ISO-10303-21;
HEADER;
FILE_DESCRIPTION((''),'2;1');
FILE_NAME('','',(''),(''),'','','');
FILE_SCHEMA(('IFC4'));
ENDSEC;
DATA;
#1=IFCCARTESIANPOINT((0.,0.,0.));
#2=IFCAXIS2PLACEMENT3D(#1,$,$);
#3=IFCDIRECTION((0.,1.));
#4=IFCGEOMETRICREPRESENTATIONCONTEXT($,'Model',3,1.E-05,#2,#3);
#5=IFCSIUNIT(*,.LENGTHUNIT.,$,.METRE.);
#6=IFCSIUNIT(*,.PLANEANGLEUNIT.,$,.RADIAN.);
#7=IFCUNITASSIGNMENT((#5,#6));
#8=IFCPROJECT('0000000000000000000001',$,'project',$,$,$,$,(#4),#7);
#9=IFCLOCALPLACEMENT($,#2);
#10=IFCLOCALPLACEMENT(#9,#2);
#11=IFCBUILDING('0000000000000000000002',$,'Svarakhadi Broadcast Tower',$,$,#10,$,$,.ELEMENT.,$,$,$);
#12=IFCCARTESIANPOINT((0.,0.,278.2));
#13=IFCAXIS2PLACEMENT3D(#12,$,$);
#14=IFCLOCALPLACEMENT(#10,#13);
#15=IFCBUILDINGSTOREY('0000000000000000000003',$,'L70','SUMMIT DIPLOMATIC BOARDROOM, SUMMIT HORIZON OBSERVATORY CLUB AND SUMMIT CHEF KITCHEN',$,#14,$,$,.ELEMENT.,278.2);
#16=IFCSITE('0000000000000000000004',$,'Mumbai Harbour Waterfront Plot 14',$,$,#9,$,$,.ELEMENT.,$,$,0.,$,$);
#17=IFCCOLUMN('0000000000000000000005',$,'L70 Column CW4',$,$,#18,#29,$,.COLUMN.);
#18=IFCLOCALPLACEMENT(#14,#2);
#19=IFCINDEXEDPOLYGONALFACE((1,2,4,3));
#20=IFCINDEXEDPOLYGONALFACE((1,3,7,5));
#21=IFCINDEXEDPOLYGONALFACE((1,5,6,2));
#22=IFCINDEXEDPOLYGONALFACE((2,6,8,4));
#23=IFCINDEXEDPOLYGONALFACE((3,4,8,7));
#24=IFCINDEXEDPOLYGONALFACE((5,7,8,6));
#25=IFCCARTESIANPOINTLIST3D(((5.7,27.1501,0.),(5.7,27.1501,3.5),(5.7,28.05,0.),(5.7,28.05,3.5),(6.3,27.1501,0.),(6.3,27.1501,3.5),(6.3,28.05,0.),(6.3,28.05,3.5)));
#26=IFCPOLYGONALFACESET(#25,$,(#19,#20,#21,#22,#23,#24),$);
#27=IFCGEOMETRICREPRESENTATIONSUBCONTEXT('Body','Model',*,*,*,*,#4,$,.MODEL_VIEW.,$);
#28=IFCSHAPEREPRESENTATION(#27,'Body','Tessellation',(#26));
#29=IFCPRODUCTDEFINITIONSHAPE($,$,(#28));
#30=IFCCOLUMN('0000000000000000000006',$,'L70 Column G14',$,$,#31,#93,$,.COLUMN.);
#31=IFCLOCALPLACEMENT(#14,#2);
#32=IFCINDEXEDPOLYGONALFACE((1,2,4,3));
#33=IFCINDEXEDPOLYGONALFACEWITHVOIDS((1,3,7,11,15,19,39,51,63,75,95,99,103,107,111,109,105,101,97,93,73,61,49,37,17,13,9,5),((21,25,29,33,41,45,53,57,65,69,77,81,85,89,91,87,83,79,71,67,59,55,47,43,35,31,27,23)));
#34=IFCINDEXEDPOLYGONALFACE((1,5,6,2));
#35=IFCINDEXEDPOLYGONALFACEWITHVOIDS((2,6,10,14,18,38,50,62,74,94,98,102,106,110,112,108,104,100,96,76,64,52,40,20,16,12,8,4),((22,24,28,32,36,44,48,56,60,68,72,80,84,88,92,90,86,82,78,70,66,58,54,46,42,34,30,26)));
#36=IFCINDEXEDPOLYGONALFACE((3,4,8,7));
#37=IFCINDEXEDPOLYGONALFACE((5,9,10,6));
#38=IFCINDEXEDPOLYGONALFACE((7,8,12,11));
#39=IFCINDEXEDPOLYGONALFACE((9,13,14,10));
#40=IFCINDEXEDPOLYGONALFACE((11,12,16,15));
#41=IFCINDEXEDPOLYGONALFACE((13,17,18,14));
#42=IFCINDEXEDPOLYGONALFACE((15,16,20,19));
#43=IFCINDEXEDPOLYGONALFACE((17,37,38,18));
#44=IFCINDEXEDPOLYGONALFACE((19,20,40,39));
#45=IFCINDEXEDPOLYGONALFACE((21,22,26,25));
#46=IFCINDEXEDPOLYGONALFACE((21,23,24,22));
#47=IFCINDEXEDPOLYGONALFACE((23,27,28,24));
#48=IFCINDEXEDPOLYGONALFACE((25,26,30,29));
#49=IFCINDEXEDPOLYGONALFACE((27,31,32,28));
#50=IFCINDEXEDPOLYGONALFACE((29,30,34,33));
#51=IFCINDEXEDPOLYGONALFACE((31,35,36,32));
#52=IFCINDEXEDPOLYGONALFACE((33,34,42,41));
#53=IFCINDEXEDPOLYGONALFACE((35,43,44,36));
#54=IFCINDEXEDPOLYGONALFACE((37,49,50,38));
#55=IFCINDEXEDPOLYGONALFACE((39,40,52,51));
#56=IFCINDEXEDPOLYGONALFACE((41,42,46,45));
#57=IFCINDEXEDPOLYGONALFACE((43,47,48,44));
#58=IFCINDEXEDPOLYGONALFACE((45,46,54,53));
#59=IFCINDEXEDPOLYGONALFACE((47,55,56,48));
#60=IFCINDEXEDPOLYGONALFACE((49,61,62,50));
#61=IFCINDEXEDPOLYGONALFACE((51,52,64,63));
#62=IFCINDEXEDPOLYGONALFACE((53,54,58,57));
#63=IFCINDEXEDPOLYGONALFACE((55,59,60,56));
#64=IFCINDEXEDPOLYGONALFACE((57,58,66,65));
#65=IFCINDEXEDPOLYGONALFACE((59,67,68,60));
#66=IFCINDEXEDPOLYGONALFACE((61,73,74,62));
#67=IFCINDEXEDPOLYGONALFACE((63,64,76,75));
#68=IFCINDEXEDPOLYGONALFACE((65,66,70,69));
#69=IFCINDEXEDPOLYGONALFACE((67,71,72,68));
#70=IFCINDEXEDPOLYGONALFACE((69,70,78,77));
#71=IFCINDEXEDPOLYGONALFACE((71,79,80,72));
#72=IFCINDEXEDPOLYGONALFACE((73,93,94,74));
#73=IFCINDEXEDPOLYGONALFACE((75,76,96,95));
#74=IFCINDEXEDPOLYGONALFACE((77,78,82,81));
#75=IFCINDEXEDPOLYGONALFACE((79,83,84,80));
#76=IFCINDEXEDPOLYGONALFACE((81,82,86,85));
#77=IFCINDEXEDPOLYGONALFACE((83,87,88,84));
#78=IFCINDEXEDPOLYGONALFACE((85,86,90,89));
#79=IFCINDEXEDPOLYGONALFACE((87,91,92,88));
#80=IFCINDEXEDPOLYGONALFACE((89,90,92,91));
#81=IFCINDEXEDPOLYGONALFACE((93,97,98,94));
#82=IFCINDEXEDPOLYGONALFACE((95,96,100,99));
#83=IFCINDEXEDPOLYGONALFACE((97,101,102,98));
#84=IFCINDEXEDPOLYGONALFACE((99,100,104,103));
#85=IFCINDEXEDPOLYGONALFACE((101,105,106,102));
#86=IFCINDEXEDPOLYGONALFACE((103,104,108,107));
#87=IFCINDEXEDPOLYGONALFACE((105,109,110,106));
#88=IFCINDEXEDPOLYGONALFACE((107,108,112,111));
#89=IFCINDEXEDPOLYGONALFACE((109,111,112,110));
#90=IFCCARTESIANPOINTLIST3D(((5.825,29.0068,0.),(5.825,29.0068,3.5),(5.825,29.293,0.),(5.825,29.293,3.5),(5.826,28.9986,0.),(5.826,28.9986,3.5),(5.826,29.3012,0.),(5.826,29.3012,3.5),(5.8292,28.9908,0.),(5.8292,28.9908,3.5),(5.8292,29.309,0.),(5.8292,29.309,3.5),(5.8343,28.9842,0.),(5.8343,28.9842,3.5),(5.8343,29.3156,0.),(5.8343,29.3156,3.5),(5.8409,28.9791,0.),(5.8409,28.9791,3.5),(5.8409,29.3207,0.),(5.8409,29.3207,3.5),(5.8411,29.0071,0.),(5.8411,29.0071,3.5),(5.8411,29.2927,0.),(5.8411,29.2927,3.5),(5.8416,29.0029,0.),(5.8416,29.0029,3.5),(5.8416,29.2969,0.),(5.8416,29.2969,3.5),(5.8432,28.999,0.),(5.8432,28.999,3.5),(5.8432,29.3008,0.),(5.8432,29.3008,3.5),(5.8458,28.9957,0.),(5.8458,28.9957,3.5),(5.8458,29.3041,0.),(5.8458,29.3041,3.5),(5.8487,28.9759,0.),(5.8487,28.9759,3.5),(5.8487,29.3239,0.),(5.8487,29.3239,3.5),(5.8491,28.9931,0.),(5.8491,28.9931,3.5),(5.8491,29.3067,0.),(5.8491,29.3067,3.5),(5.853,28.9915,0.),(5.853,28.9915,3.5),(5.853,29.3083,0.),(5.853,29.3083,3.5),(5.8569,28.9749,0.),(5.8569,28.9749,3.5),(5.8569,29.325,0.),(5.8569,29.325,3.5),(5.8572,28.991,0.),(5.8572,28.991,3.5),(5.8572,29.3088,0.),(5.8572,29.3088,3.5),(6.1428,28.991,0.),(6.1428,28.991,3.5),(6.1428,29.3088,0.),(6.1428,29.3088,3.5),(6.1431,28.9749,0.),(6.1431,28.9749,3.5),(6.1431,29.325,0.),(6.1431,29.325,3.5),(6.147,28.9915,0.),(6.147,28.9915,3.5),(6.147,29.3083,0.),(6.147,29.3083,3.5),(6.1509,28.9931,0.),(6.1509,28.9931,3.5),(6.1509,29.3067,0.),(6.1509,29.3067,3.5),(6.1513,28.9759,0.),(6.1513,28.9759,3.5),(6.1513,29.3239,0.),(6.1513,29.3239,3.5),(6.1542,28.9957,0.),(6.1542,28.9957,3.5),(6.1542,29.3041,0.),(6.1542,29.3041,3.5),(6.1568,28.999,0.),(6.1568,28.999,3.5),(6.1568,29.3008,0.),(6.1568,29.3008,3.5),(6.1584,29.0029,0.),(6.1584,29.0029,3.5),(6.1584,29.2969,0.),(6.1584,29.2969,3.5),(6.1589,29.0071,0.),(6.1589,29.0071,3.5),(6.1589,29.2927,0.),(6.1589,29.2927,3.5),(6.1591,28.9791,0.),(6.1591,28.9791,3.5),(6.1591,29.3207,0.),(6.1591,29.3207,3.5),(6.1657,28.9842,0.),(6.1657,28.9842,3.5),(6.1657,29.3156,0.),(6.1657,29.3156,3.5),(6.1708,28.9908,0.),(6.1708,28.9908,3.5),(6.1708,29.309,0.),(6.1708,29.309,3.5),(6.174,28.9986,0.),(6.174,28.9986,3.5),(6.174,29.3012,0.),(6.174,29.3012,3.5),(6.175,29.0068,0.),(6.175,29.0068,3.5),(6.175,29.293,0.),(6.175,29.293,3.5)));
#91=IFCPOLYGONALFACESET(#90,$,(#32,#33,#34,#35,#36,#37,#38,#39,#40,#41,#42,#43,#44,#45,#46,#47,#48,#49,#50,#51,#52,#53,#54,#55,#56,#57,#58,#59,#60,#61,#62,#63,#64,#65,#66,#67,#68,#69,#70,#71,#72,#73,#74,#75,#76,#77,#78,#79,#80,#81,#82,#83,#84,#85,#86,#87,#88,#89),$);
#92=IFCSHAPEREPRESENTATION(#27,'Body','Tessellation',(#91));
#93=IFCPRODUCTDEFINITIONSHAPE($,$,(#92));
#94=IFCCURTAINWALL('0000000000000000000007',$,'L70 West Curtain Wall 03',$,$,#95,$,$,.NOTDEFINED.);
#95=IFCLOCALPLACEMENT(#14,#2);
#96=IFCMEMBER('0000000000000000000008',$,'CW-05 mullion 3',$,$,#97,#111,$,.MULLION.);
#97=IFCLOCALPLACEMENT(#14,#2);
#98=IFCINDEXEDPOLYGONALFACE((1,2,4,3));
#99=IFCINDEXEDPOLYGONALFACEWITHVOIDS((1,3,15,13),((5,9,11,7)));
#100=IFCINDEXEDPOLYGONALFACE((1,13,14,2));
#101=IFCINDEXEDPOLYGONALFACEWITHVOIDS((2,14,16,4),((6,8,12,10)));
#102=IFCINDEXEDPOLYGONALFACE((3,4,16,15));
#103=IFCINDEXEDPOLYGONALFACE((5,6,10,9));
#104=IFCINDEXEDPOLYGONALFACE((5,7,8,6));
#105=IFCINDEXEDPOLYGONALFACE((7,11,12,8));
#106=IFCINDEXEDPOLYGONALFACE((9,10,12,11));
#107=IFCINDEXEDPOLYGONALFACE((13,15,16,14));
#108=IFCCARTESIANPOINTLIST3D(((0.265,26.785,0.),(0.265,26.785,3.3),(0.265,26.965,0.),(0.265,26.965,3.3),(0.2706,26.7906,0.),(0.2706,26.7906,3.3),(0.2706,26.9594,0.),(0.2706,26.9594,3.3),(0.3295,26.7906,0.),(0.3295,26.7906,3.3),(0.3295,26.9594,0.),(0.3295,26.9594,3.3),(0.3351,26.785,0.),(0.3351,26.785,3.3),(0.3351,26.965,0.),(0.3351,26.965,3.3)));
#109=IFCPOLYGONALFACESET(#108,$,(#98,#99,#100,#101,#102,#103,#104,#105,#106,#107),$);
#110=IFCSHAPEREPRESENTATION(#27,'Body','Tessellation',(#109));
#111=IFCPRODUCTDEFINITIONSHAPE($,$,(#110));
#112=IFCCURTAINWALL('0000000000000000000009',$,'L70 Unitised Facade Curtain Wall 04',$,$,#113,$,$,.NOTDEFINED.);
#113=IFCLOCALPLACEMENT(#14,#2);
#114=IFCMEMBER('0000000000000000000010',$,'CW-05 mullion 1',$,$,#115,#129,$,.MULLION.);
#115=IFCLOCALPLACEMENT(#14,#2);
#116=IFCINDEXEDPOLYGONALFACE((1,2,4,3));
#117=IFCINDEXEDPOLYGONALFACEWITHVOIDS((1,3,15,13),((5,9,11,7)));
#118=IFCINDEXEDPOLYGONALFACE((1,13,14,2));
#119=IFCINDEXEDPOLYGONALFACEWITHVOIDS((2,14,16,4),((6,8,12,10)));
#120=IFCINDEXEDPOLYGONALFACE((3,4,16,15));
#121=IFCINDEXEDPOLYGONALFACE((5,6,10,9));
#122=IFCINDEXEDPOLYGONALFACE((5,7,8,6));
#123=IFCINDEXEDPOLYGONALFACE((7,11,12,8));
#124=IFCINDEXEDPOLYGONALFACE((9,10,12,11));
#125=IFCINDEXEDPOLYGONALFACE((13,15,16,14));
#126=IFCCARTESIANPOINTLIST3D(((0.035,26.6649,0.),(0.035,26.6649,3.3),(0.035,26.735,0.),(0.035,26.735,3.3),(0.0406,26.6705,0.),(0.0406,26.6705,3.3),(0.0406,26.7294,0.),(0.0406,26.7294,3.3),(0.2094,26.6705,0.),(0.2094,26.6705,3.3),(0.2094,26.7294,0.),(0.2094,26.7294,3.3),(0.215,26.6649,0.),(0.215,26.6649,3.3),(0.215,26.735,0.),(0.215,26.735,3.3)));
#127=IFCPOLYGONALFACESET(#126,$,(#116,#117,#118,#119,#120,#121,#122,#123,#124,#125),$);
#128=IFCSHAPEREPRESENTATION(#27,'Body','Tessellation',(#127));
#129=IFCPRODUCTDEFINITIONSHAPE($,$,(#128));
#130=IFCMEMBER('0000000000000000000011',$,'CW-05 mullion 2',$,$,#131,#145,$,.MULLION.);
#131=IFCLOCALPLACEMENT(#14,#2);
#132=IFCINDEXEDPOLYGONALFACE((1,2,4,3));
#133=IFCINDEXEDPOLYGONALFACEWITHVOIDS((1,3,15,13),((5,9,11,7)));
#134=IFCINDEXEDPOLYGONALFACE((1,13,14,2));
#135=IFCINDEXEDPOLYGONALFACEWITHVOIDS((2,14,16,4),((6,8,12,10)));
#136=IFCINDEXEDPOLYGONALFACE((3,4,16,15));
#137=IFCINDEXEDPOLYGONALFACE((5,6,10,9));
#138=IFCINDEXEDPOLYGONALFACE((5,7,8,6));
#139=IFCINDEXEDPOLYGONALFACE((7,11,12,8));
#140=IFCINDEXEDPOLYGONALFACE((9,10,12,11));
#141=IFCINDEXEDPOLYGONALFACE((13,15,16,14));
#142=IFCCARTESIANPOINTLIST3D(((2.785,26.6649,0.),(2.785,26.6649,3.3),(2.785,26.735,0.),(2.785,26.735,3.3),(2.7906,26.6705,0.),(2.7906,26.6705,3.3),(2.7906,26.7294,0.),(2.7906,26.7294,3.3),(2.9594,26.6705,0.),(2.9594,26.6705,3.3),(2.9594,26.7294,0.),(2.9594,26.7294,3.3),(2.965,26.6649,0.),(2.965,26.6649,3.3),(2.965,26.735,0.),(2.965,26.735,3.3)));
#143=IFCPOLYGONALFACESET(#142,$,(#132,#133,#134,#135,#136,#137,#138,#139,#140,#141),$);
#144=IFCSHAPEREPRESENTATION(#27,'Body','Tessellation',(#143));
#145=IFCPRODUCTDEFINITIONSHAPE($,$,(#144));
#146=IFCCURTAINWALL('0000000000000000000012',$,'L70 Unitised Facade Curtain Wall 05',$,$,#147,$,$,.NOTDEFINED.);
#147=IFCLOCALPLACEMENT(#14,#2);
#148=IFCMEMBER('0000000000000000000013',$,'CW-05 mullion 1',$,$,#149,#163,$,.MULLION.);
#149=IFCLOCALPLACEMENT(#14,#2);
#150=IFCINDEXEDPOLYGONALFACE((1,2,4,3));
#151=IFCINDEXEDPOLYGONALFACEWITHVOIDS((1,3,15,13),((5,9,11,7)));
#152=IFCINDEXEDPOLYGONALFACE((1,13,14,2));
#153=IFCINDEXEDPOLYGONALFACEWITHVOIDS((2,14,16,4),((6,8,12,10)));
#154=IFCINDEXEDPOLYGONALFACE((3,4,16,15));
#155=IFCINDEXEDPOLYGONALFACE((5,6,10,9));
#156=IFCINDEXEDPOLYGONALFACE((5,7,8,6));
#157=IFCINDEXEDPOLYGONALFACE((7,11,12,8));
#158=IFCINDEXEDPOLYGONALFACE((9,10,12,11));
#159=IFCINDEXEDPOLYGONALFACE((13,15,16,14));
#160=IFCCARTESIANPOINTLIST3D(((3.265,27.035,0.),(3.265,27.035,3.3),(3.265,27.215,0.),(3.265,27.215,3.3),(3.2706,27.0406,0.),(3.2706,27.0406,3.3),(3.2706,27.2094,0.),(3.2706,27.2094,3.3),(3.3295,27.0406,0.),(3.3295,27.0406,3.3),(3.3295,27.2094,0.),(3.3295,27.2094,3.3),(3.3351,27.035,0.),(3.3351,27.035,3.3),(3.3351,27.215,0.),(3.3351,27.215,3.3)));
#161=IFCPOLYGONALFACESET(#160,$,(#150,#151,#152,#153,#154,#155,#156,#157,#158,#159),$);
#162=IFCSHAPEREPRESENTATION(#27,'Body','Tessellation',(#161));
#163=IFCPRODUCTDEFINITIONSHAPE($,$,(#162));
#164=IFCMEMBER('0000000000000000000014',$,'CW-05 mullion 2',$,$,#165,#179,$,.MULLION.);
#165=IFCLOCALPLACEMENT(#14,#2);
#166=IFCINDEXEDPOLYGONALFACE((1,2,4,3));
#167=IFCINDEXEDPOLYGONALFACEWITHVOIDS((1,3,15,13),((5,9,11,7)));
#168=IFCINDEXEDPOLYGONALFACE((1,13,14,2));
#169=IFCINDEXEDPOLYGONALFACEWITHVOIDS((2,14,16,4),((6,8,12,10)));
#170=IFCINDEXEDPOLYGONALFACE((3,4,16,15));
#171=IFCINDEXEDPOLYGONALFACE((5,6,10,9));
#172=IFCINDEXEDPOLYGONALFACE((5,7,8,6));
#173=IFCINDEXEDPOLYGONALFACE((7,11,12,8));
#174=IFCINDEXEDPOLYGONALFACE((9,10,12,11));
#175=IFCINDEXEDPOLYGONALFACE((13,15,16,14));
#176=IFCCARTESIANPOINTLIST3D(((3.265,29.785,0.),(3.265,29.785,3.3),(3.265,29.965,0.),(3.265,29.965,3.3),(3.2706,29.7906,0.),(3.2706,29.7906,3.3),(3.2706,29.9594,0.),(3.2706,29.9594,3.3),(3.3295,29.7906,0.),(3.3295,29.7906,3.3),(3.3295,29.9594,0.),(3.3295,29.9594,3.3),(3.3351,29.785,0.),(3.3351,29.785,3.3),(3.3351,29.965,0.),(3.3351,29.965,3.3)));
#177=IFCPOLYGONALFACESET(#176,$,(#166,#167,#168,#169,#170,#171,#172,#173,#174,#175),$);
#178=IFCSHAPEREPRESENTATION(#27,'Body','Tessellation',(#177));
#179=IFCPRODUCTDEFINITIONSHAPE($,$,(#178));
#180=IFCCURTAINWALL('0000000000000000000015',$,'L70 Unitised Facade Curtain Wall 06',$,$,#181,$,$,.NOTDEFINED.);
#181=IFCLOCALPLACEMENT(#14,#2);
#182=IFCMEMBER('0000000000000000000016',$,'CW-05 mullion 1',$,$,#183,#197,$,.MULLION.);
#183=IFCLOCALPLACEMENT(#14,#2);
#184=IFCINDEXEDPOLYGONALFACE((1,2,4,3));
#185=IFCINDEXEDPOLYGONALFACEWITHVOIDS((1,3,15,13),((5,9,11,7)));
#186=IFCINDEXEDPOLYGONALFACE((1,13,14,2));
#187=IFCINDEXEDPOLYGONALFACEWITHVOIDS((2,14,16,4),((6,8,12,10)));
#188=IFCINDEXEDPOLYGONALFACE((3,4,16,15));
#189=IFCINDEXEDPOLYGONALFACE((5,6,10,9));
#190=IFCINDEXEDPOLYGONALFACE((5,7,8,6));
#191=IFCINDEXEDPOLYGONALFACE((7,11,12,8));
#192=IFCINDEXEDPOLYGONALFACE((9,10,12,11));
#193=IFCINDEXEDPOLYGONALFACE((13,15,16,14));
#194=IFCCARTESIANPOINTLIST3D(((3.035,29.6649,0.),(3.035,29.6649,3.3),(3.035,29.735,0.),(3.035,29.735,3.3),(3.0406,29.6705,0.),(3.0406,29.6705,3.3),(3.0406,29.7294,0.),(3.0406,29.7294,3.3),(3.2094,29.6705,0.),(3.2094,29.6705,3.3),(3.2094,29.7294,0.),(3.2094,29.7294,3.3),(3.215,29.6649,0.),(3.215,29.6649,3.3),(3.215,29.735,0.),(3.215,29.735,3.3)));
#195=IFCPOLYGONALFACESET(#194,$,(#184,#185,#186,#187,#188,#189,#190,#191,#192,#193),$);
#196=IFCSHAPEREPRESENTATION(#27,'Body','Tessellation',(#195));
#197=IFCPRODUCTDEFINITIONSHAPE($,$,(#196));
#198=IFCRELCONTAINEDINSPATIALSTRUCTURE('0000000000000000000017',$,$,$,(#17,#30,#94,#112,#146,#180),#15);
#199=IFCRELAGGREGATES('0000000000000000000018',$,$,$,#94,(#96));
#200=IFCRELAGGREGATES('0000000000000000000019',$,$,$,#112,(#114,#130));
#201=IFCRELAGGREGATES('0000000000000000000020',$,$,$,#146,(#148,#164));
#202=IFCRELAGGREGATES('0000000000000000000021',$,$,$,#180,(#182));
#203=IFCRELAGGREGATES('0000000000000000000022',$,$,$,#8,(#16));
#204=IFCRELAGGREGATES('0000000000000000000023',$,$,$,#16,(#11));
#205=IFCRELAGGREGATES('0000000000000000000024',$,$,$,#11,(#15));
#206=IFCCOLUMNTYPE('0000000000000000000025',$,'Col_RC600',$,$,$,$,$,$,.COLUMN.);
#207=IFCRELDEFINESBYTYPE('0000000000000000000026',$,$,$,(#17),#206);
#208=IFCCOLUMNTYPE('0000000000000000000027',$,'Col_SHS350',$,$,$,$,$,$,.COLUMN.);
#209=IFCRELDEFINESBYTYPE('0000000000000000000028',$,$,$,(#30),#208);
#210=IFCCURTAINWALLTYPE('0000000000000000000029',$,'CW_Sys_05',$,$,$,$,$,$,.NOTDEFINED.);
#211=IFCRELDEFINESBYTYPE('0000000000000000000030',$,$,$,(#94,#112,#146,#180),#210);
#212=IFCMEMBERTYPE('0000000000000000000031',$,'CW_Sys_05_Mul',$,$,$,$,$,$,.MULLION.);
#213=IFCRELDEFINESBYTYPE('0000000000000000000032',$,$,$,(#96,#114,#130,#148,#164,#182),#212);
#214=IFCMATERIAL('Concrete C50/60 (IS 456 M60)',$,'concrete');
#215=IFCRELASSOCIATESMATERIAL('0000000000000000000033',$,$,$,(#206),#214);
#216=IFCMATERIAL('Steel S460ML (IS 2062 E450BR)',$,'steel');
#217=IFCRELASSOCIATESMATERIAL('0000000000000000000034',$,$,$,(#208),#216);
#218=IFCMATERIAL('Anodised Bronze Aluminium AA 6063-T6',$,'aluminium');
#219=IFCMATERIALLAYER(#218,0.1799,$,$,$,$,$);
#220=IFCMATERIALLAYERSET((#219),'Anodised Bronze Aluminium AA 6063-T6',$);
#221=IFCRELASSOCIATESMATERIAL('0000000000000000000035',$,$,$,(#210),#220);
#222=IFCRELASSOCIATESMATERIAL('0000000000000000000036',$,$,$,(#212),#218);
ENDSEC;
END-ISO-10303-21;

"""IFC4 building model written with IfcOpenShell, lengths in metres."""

from ifc_helpers import new_model, si_unit, direction, frame, origin, origin_2d, place, context, subcontext, project, spatial, rectangle, hollow_rectangle, extrude, material, layer, layer_set, material_profile, profile_set, type_object, element, aggregate, save


model = new_model("IFC4")

# Units and contexts
model_context = context("Model", 3, precision=1e-05, world=origin(), true_north=direction((0.0, 1.0)))
body_context = subcontext(model_context, "Body", "Model", "MODEL_VIEW")
ifc_project = project(units=[si_unit("LENGTHUNIT", "METRE"), si_unit("PLANEANGLEUNIT", "RADIAN")], contexts=[model_context])

# Site, building, storey
site_placement = place(None, origin())
site = spatial("IfcSite", under=ifc_project, at=site_placement, Name="Mumbai Harbour Waterfront Plot 14", CompositionType="ELEMENT", RefElevation=0.0)
building_placement = place(site_placement, origin())
building = spatial("IfcBuilding", under=site, at=building_placement, Name="Svarakhadi Broadcast Tower", CompositionType="ELEMENT")
storey_placement = place(building_placement, frame((0.0, 0.0, 278.2)))
storey = spatial("IfcBuildingStorey", under=building, at=storey_placement, Name="L70", Description="SUMMIT DIPLOMATIC BOARDROOM, SUMMIT HORIZON OBSERVATORY CLUB AND SUMMIT CHEF KITCHEN", CompositionType="ELEMENT", Elevation=278.2)

# Columns
ifc_material_1 = material(Name="Concrete C50/60 (IS 456 M60)", Category="concrete")
ifc_material_profile_1 = material_profile(ifc_material_1, rectangle(XDim=0.6001, YDim=0.8999, at=origin_2d()), Name="RC 600x900")
ifc_profile_set_1 = profile_set([ifc_material_profile_1], Name="Concrete C50/60 (IS 456 M60)")
column_type_1 = type_object("IfcColumnType", Name="Col_RC600", PredefinedType="COLUMN", material=ifc_profile_set_1)
column_1_placement = place(storey_placement, frame((6.0, 27.6001, 0.0), z_axis=(0.0, 0.0, 1.0), x_axis=(1.0, 0.0, 0.0)))
element("IfcColumn", 1, at=column_1_placement, inside=storey, type_object=column_type_1, Name="L70 Column CW4", PredefinedType="COLUMN", context=body_context, shape_type="SweptSolid", body=[
    extrude(rectangle(XDim=0.6001, YDim=0.8999, at=origin_2d()), origin(), (0.0, 0.0, 1.0), 3.5),
])
ifc_material_2 = material(Name="Steel S460ML (IS 2062 E450BR)", Category="steel")
ifc_material_profile_2 = material_profile(ifc_material_2, hollow_rectangle(XDim=0.3501, YDim=0.3501, WallThickness=0.0161, InnerFilletRadius=0.0161, OuterFilletRadius=0.032, at=origin_2d()), Name="SHS 350x350x16")
ifc_profile_set_2 = profile_set([ifc_material_profile_2], Name="Steel S460ML (IS 2062 E450BR)")
column_type_2 = type_object("IfcColumnType", Name="Col_SHS350", PredefinedType="COLUMN", material=ifc_profile_set_2)
column_2_placement = place(storey_placement, frame((6.0, 29.1499, 0.0), z_axis=(0.0, 0.0, 1.0), x_axis=(1.0, 0.0, 0.0)))
element("IfcColumn", 2, at=column_2_placement, inside=storey, type_object=column_type_2, Name="L70 Column G14", PredefinedType="COLUMN", context=body_context, shape_type="SweptSolid", body=[
    extrude(hollow_rectangle(XDim=0.3501, YDim=0.3501, WallThickness=0.0161, InnerFilletRadius=0.0161, OuterFilletRadius=0.032, at=origin_2d()), origin(), (0.0, 0.0, 1.0), 3.5),
])

# Curtain wall, member
ifc_material_3 = material(Name="Anodised Bronze Aluminium AA 6063-T6", Category="aluminium")
ifc_layer_1 = layer(ifc_material_3, 0.1799)
ifc_layer_set_1 = layer_set([ifc_layer_1], Name="Anodised Bronze Aluminium AA 6063-T6")
curtain_wall_type = type_object("IfcCurtainWallType", Name="CW_Sys_05", PredefinedType="NOTDEFINED", material=ifc_layer_set_1)
curtain_wall_1_placement = place(storey_placement, origin())
curtain_wall_1 = element("IfcCurtainWall", 3, at=curtain_wall_1_placement, inside=storey, type_object=curtain_wall_type, Name="L70 West Curtain Wall 03", PredefinedType="NOTDEFINED")
ifc_material_profile_3 = material_profile(ifc_material_3, hollow_rectangle(XDim=0.0701, YDim=0.1799, WallThickness=0.0056, at=origin_2d()), Name="ALU MULLION 180x70x6")
ifc_profile_set_3 = profile_set([ifc_material_profile_3], Name="Anodised Bronze Aluminium AA 6063-T6")
member_type_1 = type_object("IfcMemberType", Name="CW_Sys_05_Mul", PredefinedType="MULLION", material=ifc_profile_set_3)
member_1_placement = place(storey_placement, frame((0.3, 26.875, 0.0), z_axis=(0.0, 0.0, 1.0), x_axis=(-1.0, 0.0, 0.0)))
member_1 = element("IfcMember", 4, at=member_1_placement, type_object=member_type_1, Name="CW-05 mullion 3", PredefinedType="MULLION", context=body_context, shape_type="SweptSolid", body=[
    extrude(hollow_rectangle(XDim=0.0701, YDim=0.1799, WallThickness=0.0056, at=origin_2d()), origin(), (0.0, 0.0, 1.0), 3.3),
])

# Curtain walls, members
curtain_wall_2_placement = place(storey_placement, origin())
curtain_wall_2 = element("IfcCurtainWall", 5, at=curtain_wall_2_placement, inside=storey, type_object=curtain_wall_type, Name="L70 Unitised Facade Curtain Wall 04", PredefinedType="NOTDEFINED")
member_2_placement = place(storey_placement, frame((0.125, 26.7, 0.0), z_axis=(0.0, 0.0, 1.0), x_axis=(0.0, 1.0, 0.0)))
member_2 = element("IfcMember", 6, at=member_2_placement, type_object=member_type_1, Name="CW-05 mullion 1", PredefinedType="MULLION", context=body_context, shape_type="SweptSolid", body=[
    extrude(hollow_rectangle(XDim=0.0701, YDim=0.1799, WallThickness=0.0056, at=origin_2d()), origin(), (0.0, 0.0, 1.0), 3.3),
])
member_3_placement = place(storey_placement, frame((2.875, 26.7, 0.0), z_axis=(0.0, 0.0, 1.0), x_axis=(0.0, 1.0, 0.0)))
member_3 = element("IfcMember", 7, at=member_3_placement, type_object=member_type_1, Name="CW-05 mullion 2", PredefinedType="MULLION", context=body_context, shape_type="SweptSolid", body=[
    extrude(hollow_rectangle(XDim=0.0701, YDim=0.1799, WallThickness=0.0056, at=origin_2d()), origin(), (0.0, 0.0, 1.0), 3.3),
])
curtain_wall_3_placement = place(storey_placement, origin())
curtain_wall_3 = element("IfcCurtainWall", 8, at=curtain_wall_3_placement, inside=storey, type_object=curtain_wall_type, Name="L70 Unitised Facade Curtain Wall 05", PredefinedType="NOTDEFINED")
member_4_placement = place(storey_placement, frame((3.3, 27.125, 0.0), z_axis=(0.0, 0.0, 1.0), x_axis=(-1.0, 0.0, 0.0)))
member_4 = element("IfcMember", 9, at=member_4_placement, type_object=member_type_1, Name="CW-05 mullion 1", PredefinedType="MULLION", context=body_context, shape_type="SweptSolid", body=[
    extrude(hollow_rectangle(XDim=0.0701, YDim=0.1799, WallThickness=0.0056, at=origin_2d()), origin(), (0.0, 0.0, 1.0), 3.3),
])
member_5_placement = place(storey_placement, frame((3.3, 29.875, 0.0), z_axis=(0.0, 0.0, 1.0), x_axis=(-1.0, 0.0, 0.0)))
member_5 = element("IfcMember", 10, at=member_5_placement, type_object=member_type_1, Name="CW-05 mullion 2", PredefinedType="MULLION", context=body_context, shape_type="SweptSolid", body=[
    extrude(hollow_rectangle(XDim=0.0701, YDim=0.1799, WallThickness=0.0056, at=origin_2d()), origin(), (0.0, 0.0, 1.0), 3.3),
])

# Curtain wall, member
curtain_wall_4_placement = place(storey_placement, origin())
curtain_wall_4 = element("IfcCurtainWall", 11, at=curtain_wall_4_placement, inside=storey, type_object=curtain_wall_type, Name="L70 Unitised Facade Curtain Wall 06", PredefinedType="NOTDEFINED")
member_6_placement = place(storey_placement, frame((3.125, 29.7, 0.0), z_axis=(0.0, 0.0, 1.0), x_axis=(0.0, 1.0, 0.0)))
member_6 = element("IfcMember", 12, at=member_6_placement, type_object=member_type_1, Name="CW-05 mullion 1", PredefinedType="MULLION", context=body_context, shape_type="SweptSolid", body=[
    extrude(hollow_rectangle(XDim=0.0701, YDim=0.1799, WallThickness=0.0056, at=origin_2d()), origin(), (0.0, 0.0, 1.0), 3.3),
])

aggregate(curtain_wall_1, [member_1])
aggregate(curtain_wall_2, [member_2, member_3])
aggregate(curtain_wall_3, [member_4, member_5])
aggregate(curtain_wall_4, [member_6])

save(model, "model.ifc")
